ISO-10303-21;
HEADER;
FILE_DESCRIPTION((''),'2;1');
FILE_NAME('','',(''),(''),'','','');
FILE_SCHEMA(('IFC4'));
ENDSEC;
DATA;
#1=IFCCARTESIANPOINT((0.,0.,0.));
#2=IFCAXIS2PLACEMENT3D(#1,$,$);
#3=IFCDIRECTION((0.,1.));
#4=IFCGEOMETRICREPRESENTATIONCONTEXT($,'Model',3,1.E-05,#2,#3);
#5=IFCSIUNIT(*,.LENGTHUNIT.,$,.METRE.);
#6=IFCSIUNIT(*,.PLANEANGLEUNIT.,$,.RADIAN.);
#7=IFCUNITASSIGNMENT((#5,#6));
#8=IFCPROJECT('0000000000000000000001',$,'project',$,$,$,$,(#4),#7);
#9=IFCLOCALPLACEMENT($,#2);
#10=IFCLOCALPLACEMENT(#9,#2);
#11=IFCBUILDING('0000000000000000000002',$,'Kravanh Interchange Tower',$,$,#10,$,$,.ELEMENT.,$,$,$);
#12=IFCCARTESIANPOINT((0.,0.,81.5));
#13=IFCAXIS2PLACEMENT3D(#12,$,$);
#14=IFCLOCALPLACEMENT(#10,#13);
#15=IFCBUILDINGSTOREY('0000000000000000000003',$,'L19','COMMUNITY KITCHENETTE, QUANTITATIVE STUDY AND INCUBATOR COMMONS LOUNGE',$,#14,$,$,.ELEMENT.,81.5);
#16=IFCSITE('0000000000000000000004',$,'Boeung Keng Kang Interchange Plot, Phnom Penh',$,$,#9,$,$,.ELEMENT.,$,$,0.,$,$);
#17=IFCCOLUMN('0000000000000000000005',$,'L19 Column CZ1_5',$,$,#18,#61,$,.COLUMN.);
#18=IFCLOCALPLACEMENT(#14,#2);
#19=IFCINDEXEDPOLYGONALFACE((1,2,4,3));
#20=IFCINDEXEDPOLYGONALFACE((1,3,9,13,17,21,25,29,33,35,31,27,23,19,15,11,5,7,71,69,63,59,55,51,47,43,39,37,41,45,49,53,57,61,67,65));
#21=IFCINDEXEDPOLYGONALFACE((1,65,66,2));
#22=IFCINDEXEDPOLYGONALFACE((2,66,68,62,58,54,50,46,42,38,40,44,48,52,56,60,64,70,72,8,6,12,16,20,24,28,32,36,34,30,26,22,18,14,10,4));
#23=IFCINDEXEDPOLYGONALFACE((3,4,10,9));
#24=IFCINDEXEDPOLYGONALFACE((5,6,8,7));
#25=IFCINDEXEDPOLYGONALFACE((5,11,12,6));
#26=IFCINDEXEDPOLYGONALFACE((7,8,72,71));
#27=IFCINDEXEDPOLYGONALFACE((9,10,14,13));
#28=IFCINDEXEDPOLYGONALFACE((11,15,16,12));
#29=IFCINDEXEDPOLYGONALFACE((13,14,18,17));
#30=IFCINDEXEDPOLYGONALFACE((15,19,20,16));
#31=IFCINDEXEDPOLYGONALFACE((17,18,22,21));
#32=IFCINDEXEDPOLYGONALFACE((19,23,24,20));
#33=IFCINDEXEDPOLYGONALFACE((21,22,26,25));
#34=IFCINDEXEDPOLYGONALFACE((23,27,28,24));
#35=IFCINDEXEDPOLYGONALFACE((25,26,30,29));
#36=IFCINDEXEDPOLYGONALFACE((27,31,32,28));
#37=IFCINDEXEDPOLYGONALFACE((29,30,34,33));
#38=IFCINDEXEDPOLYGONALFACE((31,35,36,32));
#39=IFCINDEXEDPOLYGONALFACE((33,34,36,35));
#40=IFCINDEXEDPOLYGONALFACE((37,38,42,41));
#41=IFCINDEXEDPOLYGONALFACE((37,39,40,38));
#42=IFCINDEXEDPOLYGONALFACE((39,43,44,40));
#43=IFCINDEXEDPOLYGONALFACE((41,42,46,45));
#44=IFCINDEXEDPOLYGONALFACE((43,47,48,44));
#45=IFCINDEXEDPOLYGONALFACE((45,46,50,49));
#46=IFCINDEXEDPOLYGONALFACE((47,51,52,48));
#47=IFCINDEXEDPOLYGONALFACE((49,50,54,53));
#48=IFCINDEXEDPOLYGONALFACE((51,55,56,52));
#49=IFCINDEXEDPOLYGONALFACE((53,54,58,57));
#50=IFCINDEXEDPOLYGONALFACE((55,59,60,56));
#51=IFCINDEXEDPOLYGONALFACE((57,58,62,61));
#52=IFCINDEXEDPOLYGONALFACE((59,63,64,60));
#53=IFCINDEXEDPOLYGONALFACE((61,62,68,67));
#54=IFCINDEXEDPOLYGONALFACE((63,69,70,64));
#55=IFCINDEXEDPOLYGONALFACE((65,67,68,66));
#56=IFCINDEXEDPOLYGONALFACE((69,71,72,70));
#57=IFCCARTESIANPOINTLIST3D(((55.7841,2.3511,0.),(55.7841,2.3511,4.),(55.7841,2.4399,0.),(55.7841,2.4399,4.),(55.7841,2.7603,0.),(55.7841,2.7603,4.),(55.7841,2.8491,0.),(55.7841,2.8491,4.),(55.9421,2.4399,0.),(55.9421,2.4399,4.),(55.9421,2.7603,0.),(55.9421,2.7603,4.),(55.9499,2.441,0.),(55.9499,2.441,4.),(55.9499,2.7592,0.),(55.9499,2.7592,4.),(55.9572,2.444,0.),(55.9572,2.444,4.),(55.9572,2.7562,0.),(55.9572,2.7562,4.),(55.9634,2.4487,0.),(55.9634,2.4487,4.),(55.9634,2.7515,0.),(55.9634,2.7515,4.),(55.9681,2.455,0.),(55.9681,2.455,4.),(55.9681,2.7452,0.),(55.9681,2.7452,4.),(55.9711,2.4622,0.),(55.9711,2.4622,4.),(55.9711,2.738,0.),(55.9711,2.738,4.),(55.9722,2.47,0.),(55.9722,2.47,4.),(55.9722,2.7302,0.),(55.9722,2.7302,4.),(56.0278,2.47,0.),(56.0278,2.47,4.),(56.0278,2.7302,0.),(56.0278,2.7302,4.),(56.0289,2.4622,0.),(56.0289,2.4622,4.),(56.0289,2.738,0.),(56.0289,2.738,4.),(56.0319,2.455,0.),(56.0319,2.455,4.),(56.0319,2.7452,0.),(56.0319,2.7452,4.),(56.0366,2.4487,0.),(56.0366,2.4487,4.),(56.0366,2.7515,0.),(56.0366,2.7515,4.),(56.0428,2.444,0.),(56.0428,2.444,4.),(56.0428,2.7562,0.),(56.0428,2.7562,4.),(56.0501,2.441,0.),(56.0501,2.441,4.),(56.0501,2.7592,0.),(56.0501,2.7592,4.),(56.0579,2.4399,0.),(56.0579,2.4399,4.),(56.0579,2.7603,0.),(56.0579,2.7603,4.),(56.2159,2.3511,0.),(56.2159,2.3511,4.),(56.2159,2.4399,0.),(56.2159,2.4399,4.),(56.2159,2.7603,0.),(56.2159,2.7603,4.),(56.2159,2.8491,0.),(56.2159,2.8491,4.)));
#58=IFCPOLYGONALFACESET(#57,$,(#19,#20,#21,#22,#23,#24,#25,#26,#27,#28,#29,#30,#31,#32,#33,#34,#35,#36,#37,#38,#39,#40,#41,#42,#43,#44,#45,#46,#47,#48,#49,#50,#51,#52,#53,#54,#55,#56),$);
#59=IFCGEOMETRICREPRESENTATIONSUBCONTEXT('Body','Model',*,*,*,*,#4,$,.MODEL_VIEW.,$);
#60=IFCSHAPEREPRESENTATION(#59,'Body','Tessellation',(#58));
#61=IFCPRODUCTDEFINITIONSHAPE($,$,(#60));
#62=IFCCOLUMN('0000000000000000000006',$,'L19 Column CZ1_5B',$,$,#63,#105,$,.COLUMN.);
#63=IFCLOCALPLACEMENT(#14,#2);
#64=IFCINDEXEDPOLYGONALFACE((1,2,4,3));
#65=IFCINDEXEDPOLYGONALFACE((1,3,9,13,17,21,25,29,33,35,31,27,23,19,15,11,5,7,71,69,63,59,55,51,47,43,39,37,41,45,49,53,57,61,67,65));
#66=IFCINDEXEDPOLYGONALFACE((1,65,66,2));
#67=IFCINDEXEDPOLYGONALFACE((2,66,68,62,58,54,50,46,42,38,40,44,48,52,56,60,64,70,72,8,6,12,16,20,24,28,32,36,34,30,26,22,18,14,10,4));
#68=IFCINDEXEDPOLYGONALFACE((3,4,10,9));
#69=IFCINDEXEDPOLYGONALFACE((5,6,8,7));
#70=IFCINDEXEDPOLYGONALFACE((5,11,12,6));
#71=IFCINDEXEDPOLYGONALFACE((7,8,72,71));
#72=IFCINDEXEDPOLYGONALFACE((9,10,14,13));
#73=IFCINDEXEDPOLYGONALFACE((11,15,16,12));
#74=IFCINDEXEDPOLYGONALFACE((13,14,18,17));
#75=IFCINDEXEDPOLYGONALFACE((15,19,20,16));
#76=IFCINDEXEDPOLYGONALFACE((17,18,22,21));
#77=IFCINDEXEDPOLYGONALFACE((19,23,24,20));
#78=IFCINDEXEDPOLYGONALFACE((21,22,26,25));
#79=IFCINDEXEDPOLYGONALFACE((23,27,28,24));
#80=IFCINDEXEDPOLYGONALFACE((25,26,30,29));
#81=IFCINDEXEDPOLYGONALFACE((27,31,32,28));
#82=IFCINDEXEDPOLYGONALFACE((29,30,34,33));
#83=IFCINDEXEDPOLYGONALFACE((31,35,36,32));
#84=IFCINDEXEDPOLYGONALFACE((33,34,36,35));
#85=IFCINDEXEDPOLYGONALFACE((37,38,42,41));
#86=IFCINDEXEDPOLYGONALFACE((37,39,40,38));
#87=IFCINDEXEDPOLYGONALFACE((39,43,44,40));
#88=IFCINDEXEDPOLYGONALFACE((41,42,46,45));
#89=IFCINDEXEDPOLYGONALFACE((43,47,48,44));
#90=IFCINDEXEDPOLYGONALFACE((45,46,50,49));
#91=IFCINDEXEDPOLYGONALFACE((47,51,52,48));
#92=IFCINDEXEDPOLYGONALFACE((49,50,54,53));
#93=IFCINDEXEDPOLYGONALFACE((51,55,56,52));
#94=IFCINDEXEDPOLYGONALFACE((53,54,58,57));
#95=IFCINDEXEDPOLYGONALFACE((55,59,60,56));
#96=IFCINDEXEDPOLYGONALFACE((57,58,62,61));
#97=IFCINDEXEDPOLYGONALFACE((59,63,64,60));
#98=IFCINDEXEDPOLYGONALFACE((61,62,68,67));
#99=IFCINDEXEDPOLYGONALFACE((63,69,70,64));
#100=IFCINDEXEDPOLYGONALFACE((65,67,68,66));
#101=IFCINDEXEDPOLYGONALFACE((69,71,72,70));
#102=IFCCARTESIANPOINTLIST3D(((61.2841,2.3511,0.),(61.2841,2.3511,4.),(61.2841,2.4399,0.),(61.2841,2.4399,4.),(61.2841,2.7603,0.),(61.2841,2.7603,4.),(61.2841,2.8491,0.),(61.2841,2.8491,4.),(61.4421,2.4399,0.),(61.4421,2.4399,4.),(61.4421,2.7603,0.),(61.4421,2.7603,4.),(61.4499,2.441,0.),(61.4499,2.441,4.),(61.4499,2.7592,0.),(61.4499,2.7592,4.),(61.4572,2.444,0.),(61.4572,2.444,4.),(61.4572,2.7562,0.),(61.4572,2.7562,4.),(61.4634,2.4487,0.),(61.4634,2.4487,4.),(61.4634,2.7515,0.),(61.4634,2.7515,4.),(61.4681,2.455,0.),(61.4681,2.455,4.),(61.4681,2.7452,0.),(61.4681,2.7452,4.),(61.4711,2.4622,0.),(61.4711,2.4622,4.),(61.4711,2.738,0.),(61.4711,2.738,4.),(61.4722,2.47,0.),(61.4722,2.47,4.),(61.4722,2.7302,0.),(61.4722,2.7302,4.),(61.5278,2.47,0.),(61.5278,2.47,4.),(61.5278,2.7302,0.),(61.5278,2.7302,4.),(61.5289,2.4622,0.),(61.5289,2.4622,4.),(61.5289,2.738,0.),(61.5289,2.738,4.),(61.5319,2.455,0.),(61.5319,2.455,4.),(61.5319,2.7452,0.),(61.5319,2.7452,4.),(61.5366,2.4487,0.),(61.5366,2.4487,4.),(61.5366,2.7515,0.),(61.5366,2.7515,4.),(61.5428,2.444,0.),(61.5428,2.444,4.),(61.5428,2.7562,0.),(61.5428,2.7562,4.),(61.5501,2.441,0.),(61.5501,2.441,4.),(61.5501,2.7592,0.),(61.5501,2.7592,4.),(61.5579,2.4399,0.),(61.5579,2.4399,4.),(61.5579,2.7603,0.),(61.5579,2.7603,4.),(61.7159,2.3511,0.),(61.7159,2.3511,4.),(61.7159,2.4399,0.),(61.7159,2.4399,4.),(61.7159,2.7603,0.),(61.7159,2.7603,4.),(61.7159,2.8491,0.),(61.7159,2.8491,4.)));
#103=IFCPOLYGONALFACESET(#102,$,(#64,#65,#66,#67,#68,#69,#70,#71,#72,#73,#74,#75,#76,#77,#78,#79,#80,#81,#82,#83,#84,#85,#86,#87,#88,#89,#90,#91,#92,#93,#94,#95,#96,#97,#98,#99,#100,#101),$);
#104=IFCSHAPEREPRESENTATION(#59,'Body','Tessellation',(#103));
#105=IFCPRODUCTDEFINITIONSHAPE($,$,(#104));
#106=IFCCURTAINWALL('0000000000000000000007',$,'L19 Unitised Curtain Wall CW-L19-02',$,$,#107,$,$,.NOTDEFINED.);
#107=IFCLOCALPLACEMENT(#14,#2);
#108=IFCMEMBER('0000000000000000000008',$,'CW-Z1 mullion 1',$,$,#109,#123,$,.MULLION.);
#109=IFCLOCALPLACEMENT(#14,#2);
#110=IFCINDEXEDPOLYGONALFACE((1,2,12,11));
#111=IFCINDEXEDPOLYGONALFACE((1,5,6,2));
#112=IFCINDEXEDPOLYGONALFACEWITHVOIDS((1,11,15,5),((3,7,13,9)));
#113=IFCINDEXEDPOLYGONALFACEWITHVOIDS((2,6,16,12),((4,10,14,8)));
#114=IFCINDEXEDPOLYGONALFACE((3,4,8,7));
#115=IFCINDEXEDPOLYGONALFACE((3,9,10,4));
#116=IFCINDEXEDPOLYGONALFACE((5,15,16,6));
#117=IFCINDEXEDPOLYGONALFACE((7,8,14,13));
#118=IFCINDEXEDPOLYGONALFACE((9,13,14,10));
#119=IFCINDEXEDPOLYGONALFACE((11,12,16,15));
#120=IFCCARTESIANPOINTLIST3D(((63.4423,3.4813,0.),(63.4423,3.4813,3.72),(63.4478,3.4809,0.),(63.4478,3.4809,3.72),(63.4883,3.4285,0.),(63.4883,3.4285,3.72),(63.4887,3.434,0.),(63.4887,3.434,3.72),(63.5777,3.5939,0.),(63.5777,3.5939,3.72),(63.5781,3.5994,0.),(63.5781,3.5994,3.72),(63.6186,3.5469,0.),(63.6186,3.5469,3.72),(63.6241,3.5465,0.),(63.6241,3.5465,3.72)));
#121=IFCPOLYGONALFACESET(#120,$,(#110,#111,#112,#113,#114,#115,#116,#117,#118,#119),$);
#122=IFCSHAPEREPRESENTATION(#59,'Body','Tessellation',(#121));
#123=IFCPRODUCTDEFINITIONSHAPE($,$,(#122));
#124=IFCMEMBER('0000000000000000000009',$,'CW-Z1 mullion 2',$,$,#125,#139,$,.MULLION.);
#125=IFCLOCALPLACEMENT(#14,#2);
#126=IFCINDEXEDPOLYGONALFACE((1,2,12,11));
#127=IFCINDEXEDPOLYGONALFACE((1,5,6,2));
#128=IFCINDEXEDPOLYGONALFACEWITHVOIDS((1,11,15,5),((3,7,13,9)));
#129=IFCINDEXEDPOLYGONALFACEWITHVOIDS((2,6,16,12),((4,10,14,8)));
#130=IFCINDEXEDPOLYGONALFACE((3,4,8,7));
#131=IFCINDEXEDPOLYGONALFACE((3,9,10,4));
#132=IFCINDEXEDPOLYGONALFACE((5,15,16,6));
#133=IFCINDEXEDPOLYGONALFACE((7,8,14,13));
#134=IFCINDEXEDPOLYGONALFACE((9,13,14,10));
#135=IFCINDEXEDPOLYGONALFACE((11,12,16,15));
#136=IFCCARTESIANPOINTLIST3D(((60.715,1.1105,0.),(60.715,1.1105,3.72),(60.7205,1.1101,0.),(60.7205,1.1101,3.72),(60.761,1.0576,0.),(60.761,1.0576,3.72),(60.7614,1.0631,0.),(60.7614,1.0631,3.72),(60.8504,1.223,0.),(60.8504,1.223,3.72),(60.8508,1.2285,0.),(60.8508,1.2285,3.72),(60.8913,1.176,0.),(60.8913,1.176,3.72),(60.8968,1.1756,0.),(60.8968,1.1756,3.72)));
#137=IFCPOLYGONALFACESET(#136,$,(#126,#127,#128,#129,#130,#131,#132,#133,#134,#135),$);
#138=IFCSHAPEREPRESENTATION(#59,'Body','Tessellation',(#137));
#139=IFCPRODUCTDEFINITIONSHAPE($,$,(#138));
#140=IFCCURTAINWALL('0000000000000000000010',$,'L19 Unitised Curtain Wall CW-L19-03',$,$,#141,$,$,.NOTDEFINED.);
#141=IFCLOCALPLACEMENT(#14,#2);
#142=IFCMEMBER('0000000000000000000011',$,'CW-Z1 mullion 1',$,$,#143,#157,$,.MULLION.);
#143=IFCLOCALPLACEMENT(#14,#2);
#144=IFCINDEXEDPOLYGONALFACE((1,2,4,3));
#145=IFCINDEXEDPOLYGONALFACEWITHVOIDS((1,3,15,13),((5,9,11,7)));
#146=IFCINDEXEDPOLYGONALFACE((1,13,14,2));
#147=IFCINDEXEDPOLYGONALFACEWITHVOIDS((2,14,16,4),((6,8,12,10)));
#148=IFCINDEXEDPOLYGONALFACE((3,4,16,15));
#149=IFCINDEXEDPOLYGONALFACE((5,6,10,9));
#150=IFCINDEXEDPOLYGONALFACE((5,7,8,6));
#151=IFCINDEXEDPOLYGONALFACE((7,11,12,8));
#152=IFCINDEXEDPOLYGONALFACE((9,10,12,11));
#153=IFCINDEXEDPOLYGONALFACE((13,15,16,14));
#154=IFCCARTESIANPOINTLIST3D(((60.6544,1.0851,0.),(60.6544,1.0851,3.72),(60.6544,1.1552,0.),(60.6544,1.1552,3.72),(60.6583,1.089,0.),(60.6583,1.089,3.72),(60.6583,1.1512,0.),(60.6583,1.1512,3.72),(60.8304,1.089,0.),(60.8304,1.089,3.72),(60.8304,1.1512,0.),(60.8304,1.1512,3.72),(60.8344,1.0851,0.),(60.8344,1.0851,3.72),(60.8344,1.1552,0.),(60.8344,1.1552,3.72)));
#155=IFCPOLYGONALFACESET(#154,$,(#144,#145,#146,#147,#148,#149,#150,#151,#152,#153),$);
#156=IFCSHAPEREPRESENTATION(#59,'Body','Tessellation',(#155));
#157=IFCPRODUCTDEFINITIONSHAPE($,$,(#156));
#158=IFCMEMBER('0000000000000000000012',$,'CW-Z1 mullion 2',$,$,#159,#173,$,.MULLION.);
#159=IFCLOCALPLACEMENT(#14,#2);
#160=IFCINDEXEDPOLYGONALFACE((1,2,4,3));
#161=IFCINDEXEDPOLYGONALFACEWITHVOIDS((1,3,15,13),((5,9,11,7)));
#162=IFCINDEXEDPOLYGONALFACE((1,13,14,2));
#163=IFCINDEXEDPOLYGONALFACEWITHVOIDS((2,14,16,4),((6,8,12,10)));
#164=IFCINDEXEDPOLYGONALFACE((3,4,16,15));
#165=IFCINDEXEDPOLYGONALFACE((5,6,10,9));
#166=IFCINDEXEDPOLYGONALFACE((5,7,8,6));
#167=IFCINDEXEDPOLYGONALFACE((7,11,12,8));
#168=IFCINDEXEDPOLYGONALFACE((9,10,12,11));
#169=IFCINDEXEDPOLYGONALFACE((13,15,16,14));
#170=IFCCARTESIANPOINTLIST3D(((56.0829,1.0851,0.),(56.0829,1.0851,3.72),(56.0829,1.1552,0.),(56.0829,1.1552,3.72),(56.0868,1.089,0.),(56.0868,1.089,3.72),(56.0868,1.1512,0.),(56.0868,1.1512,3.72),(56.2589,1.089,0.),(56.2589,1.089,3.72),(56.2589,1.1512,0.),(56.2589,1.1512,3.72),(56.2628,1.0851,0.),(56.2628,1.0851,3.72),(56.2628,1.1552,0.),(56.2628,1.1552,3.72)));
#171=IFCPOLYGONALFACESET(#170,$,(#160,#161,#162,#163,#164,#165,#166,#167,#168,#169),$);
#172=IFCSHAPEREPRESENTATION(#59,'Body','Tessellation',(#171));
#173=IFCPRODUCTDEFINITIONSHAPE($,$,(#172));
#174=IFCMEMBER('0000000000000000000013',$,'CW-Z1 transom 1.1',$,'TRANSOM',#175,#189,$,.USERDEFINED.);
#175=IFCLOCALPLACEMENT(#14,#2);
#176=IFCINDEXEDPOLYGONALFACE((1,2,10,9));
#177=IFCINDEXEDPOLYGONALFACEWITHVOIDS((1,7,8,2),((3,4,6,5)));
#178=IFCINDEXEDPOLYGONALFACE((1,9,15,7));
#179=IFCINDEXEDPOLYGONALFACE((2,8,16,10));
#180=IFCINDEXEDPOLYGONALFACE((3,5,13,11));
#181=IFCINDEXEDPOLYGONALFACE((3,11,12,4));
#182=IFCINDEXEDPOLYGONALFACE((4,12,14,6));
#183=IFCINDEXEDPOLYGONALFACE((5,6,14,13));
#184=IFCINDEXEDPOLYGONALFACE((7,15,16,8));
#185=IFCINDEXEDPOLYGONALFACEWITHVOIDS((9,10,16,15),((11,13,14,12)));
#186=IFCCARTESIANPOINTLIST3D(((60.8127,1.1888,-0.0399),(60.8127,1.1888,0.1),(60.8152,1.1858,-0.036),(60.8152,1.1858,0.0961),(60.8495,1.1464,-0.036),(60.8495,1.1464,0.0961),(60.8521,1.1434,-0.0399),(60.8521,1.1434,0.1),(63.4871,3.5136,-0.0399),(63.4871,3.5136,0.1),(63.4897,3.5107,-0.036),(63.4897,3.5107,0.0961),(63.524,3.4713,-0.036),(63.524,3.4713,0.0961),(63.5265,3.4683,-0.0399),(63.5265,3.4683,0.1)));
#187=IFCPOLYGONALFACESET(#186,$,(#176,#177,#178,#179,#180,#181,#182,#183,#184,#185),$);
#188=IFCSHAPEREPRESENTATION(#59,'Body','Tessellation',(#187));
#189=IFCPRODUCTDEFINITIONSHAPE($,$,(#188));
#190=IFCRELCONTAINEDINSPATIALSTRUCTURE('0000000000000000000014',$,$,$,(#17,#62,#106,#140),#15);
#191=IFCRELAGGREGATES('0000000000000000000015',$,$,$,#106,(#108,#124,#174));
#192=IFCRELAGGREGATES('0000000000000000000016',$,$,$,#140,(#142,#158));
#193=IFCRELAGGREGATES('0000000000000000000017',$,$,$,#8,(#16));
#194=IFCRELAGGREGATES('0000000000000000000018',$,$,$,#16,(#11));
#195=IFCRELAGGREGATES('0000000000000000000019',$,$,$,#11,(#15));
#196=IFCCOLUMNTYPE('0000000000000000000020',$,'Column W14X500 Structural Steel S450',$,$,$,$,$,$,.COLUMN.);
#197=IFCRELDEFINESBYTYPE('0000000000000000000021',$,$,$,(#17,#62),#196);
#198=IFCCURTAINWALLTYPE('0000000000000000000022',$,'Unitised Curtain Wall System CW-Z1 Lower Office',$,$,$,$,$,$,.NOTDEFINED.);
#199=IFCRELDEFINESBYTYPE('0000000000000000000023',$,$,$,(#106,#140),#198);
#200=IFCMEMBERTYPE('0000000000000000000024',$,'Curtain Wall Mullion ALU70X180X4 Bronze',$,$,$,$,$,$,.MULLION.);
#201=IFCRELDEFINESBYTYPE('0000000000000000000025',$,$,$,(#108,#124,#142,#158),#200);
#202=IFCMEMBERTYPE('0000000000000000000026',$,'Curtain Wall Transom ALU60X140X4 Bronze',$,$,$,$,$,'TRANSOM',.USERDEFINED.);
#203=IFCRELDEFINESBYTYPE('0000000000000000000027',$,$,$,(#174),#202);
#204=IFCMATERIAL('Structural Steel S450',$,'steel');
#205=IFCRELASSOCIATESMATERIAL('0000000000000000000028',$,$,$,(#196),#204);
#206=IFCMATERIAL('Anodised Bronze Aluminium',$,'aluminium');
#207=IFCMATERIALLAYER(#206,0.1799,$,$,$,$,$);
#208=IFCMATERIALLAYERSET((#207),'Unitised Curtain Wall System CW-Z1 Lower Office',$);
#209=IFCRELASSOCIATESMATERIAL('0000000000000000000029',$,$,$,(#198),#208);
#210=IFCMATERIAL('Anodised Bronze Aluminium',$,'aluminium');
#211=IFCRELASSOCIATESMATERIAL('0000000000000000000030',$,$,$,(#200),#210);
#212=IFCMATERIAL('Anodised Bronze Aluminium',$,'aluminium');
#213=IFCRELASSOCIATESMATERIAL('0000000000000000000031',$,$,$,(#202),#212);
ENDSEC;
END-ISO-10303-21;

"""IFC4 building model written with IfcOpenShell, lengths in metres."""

from ifc_helpers import new_model, si_unit, direction, frame, origin, origin_2d, place, context, subcontext, project, spatial, hollow_rectangle, i_section, extrude, material, layer, layer_set, material_profile, profile_set, type_object, element, aggregate, save


model = new_model("IFC4")

# Units and contexts
model_context = context("Model", 3, precision=1e-05, world=origin(), true_north=direction((0.0, 1.0)))
body_context = subcontext(model_context, "Body", "Model", "MODEL_VIEW")
ifc_project = project(units=[si_unit("LENGTHUNIT", "METRE"), si_unit("PLANEANGLEUNIT", "RADIAN")], contexts=[model_context])

# Site, building, storey
site_placement = place(None, origin())
site = spatial("IfcSite", under=ifc_project, at=site_placement, Name="Boeung Keng Kang Interchange Plot, Phnom Penh", CompositionType="ELEMENT", RefElevation=0.0)
building_placement = place(site_placement, origin())
building = spatial("IfcBuilding", under=site, at=building_placement, Name="Kravanh Interchange Tower", CompositionType="ELEMENT")
storey_placement = place(building_placement, frame((0.0, 0.0, 81.5)))
storey = spatial("IfcBuildingStorey", under=building, at=storey_placement, Name="L19", Description="COMMUNITY KITCHENETTE, QUANTITATIVE STUDY AND INCUBATOR COMMONS LOUNGE", CompositionType="ELEMENT", Elevation=81.5)

# Columns
ifc_material_1 = material(Name="Structural Steel S450", Category="steel")
ifc_material_profile_1 = material_profile(ifc_material_1, i_section(OverallWidth=0.4319, OverallDepth=0.498, WebThickness=0.0557, FlangeThickness=0.0889, FilletRadius=0.03, at=origin_2d()), Name="W14X500")
ifc_profile_set_1 = profile_set([ifc_material_profile_1], Name="Structural Steel S450")
column_type = type_object("IfcColumnType", Name="Column W14X500 Structural Steel S450", PredefinedType="COLUMN", material=ifc_profile_set_1)
for number, where, z_axis, x_axis, name in (
    (1, (56.0, 2.6001, 0.0), (0.0, 0.0, 1.0), (1.0, 0.0, 0.0), "L19 Column CZ1_5"),
    (2, (61.5, 2.6001, 0.0), (0.0, 0.0, 1.0), (1.0, 0.0, 0.0), "L19 Column CZ1_5B"),
):
    element("IfcColumn", number, at=place(storey_placement, frame(where, z_axis=z_axis, x_axis=x_axis)), inside=storey, type_object=column_type, Name=name, PredefinedType="COLUMN", context=body_context, shape_type="SweptSolid", body=[
        extrude(i_section(OverallWidth=0.4319, OverallDepth=0.498, WebThickness=0.0557, FlangeThickness=0.0889, FilletRadius=0.03, at=origin_2d()), origin(), (0.0, 0.0, 1.0), 4.0),
    ])

# Curtain walls, members
ifc_material_2 = material(Name="Anodised Bronze Aluminium", Category="aluminium")
ifc_layer_1 = layer(ifc_material_2, 0.1799)
ifc_layer_set_1 = layer_set([ifc_layer_1], Name="Unitised Curtain Wall System CW-Z1 Lower Office")
curtain_wall_type = type_object("IfcCurtainWallType", Name="Unitised Curtain Wall System CW-Z1 Lower Office", PredefinedType="NOTDEFINED", material=ifc_layer_set_1)
curtain_wall_1_placement = place(storey_placement, origin())
curtain_wall_1 = element("IfcCurtainWall", 3, at=curtain_wall_1_placement, inside=storey, type_object=curtain_wall_type, Name="L19 Unitised Curtain Wall CW-L19-02", PredefinedType="NOTDEFINED")
ifc_material_3 = material(Name="Anodised Bronze Aluminium", Category="aluminium")
ifc_material_profile_2 = material_profile(ifc_material_3, hollow_rectangle(XDim=0.0701, YDim=0.1799, WallThickness=0.0039, at=origin_2d()), Name="ALU70X180X4")
ifc_profile_set_2 = profile_set([ifc_material_profile_2], Name="Anodised Bronze Aluminium")
member_type_1 = type_object("IfcMemberType", Name="Curtain Wall Mullion ALU70X180X4 Bronze", PredefinedType="MULLION", material=ifc_profile_set_2)
member_1_placement = place(storey_placement, frame((63.5332, 3.5139, 0.0), z_axis=(0.0, 0.0, 1.0), x_axis=(0.65606, -0.754708, 0.0)))
member_1 = element("IfcMember", 4, at=member_1_placement, type_object=member_type_1, Name="CW-Z1 mullion 1", PredefinedType="MULLION", context=body_context, shape_type="SweptSolid", body=[
    extrude(hollow_rectangle(XDim=0.0701, YDim=0.1799, WallThickness=0.0039, at=origin_2d()), origin(), (0.0, 0.0, 1.0), 3.72),
])
member_2_placement = place(storey_placement, frame((60.8059, 1.1431, 0.0), z_axis=(0.0, 0.0, 1.0), x_axis=(0.65606, -0.754708, 0.0)))
member_2 = element("IfcMember", 5, at=member_2_placement, type_object=member_type_1, Name="CW-Z1 mullion 2", PredefinedType="MULLION", context=body_context, shape_type="SweptSolid", body=[
    extrude(hollow_rectangle(XDim=0.0701, YDim=0.1799, WallThickness=0.0039, at=origin_2d()), origin(), (0.0, 0.0, 1.0), 3.72),
])
curtain_wall_2_placement = place(storey_placement, origin())
curtain_wall_2 = element("IfcCurtainWall", 6, at=curtain_wall_2_placement, inside=storey, type_object=curtain_wall_type, Name="L19 Unitised Curtain Wall CW-L19-03", PredefinedType="NOTDEFINED")
member_3_placement = place(storey_placement, frame((60.7444, 1.1201, 0.0), z_axis=(0.0, 0.0, 1.0), x_axis=(0.0, -1.0, 0.0)))
member_3 = element("IfcMember", 7, at=member_3_placement, type_object=member_type_1, Name="CW-Z1 mullion 1", PredefinedType="MULLION", context=body_context, shape_type="SweptSolid", body=[
    extrude(hollow_rectangle(XDim=0.0701, YDim=0.1799, WallThickness=0.0039, at=origin_2d()), origin(), (0.0, 0.0, 1.0), 3.72),
])
member_4_placement = place(storey_placement, frame((56.1729, 1.1201, 0.0), z_axis=(0.0, 0.0, 1.0), x_axis=(0.0, -1.0, 0.0)))
member_4 = element("IfcMember", 8, at=member_4_placement, type_object=member_type_1, Name="CW-Z1 mullion 2", PredefinedType="MULLION", context=body_context, shape_type="SweptSolid", body=[
    extrude(hollow_rectangle(XDim=0.0701, YDim=0.1799, WallThickness=0.0039, at=origin_2d()), origin(), (0.0, 0.0, 1.0), 3.72),
])

# Member
ifc_material_4 = material(Name="Anodised Bronze Aluminium", Category="aluminium")
ifc_material_profile_3 = material_profile(ifc_material_4, hollow_rectangle(XDim=0.0601, YDim=0.1399, WallThickness=0.0039, at=origin_2d()), Name="ALU60X140X4")
ifc_profile_set_3 = profile_set([ifc_material_profile_3], Name="Anodised Bronze Aluminium")
member_type_2 = type_object("IfcMemberType", Name="Curtain Wall Transom ALU60X140X4 Bronze", ElementType="TRANSOM", PredefinedType="USERDEFINED", material=ifc_profile_set_3)
member_5_placement = place(storey_placement, frame((63.5068, 3.491, 0.03), z_axis=(-0.754711, -0.656058, 0.0), x_axis=(0.656058, -0.754711, 0.0)))
member_5 = element("IfcMember", 9, at=member_5_placement, type_object=member_type_2, Name="CW-Z1 transom 1.1", ObjectType="TRANSOM", PredefinedType="USERDEFINED", context=body_context, shape_type="SweptSolid", body=[
    extrude(hollow_rectangle(XDim=0.0601, YDim=0.1399, WallThickness=0.0039, at=origin_2d()), origin(), (0.0, 0.0, 1.0), 3.5437),
])

aggregate(curtain_wall_1, [member_1, member_2, member_5])
aggregate(curtain_wall_2, [member_3, member_4])

save(model, "model.ifc")
